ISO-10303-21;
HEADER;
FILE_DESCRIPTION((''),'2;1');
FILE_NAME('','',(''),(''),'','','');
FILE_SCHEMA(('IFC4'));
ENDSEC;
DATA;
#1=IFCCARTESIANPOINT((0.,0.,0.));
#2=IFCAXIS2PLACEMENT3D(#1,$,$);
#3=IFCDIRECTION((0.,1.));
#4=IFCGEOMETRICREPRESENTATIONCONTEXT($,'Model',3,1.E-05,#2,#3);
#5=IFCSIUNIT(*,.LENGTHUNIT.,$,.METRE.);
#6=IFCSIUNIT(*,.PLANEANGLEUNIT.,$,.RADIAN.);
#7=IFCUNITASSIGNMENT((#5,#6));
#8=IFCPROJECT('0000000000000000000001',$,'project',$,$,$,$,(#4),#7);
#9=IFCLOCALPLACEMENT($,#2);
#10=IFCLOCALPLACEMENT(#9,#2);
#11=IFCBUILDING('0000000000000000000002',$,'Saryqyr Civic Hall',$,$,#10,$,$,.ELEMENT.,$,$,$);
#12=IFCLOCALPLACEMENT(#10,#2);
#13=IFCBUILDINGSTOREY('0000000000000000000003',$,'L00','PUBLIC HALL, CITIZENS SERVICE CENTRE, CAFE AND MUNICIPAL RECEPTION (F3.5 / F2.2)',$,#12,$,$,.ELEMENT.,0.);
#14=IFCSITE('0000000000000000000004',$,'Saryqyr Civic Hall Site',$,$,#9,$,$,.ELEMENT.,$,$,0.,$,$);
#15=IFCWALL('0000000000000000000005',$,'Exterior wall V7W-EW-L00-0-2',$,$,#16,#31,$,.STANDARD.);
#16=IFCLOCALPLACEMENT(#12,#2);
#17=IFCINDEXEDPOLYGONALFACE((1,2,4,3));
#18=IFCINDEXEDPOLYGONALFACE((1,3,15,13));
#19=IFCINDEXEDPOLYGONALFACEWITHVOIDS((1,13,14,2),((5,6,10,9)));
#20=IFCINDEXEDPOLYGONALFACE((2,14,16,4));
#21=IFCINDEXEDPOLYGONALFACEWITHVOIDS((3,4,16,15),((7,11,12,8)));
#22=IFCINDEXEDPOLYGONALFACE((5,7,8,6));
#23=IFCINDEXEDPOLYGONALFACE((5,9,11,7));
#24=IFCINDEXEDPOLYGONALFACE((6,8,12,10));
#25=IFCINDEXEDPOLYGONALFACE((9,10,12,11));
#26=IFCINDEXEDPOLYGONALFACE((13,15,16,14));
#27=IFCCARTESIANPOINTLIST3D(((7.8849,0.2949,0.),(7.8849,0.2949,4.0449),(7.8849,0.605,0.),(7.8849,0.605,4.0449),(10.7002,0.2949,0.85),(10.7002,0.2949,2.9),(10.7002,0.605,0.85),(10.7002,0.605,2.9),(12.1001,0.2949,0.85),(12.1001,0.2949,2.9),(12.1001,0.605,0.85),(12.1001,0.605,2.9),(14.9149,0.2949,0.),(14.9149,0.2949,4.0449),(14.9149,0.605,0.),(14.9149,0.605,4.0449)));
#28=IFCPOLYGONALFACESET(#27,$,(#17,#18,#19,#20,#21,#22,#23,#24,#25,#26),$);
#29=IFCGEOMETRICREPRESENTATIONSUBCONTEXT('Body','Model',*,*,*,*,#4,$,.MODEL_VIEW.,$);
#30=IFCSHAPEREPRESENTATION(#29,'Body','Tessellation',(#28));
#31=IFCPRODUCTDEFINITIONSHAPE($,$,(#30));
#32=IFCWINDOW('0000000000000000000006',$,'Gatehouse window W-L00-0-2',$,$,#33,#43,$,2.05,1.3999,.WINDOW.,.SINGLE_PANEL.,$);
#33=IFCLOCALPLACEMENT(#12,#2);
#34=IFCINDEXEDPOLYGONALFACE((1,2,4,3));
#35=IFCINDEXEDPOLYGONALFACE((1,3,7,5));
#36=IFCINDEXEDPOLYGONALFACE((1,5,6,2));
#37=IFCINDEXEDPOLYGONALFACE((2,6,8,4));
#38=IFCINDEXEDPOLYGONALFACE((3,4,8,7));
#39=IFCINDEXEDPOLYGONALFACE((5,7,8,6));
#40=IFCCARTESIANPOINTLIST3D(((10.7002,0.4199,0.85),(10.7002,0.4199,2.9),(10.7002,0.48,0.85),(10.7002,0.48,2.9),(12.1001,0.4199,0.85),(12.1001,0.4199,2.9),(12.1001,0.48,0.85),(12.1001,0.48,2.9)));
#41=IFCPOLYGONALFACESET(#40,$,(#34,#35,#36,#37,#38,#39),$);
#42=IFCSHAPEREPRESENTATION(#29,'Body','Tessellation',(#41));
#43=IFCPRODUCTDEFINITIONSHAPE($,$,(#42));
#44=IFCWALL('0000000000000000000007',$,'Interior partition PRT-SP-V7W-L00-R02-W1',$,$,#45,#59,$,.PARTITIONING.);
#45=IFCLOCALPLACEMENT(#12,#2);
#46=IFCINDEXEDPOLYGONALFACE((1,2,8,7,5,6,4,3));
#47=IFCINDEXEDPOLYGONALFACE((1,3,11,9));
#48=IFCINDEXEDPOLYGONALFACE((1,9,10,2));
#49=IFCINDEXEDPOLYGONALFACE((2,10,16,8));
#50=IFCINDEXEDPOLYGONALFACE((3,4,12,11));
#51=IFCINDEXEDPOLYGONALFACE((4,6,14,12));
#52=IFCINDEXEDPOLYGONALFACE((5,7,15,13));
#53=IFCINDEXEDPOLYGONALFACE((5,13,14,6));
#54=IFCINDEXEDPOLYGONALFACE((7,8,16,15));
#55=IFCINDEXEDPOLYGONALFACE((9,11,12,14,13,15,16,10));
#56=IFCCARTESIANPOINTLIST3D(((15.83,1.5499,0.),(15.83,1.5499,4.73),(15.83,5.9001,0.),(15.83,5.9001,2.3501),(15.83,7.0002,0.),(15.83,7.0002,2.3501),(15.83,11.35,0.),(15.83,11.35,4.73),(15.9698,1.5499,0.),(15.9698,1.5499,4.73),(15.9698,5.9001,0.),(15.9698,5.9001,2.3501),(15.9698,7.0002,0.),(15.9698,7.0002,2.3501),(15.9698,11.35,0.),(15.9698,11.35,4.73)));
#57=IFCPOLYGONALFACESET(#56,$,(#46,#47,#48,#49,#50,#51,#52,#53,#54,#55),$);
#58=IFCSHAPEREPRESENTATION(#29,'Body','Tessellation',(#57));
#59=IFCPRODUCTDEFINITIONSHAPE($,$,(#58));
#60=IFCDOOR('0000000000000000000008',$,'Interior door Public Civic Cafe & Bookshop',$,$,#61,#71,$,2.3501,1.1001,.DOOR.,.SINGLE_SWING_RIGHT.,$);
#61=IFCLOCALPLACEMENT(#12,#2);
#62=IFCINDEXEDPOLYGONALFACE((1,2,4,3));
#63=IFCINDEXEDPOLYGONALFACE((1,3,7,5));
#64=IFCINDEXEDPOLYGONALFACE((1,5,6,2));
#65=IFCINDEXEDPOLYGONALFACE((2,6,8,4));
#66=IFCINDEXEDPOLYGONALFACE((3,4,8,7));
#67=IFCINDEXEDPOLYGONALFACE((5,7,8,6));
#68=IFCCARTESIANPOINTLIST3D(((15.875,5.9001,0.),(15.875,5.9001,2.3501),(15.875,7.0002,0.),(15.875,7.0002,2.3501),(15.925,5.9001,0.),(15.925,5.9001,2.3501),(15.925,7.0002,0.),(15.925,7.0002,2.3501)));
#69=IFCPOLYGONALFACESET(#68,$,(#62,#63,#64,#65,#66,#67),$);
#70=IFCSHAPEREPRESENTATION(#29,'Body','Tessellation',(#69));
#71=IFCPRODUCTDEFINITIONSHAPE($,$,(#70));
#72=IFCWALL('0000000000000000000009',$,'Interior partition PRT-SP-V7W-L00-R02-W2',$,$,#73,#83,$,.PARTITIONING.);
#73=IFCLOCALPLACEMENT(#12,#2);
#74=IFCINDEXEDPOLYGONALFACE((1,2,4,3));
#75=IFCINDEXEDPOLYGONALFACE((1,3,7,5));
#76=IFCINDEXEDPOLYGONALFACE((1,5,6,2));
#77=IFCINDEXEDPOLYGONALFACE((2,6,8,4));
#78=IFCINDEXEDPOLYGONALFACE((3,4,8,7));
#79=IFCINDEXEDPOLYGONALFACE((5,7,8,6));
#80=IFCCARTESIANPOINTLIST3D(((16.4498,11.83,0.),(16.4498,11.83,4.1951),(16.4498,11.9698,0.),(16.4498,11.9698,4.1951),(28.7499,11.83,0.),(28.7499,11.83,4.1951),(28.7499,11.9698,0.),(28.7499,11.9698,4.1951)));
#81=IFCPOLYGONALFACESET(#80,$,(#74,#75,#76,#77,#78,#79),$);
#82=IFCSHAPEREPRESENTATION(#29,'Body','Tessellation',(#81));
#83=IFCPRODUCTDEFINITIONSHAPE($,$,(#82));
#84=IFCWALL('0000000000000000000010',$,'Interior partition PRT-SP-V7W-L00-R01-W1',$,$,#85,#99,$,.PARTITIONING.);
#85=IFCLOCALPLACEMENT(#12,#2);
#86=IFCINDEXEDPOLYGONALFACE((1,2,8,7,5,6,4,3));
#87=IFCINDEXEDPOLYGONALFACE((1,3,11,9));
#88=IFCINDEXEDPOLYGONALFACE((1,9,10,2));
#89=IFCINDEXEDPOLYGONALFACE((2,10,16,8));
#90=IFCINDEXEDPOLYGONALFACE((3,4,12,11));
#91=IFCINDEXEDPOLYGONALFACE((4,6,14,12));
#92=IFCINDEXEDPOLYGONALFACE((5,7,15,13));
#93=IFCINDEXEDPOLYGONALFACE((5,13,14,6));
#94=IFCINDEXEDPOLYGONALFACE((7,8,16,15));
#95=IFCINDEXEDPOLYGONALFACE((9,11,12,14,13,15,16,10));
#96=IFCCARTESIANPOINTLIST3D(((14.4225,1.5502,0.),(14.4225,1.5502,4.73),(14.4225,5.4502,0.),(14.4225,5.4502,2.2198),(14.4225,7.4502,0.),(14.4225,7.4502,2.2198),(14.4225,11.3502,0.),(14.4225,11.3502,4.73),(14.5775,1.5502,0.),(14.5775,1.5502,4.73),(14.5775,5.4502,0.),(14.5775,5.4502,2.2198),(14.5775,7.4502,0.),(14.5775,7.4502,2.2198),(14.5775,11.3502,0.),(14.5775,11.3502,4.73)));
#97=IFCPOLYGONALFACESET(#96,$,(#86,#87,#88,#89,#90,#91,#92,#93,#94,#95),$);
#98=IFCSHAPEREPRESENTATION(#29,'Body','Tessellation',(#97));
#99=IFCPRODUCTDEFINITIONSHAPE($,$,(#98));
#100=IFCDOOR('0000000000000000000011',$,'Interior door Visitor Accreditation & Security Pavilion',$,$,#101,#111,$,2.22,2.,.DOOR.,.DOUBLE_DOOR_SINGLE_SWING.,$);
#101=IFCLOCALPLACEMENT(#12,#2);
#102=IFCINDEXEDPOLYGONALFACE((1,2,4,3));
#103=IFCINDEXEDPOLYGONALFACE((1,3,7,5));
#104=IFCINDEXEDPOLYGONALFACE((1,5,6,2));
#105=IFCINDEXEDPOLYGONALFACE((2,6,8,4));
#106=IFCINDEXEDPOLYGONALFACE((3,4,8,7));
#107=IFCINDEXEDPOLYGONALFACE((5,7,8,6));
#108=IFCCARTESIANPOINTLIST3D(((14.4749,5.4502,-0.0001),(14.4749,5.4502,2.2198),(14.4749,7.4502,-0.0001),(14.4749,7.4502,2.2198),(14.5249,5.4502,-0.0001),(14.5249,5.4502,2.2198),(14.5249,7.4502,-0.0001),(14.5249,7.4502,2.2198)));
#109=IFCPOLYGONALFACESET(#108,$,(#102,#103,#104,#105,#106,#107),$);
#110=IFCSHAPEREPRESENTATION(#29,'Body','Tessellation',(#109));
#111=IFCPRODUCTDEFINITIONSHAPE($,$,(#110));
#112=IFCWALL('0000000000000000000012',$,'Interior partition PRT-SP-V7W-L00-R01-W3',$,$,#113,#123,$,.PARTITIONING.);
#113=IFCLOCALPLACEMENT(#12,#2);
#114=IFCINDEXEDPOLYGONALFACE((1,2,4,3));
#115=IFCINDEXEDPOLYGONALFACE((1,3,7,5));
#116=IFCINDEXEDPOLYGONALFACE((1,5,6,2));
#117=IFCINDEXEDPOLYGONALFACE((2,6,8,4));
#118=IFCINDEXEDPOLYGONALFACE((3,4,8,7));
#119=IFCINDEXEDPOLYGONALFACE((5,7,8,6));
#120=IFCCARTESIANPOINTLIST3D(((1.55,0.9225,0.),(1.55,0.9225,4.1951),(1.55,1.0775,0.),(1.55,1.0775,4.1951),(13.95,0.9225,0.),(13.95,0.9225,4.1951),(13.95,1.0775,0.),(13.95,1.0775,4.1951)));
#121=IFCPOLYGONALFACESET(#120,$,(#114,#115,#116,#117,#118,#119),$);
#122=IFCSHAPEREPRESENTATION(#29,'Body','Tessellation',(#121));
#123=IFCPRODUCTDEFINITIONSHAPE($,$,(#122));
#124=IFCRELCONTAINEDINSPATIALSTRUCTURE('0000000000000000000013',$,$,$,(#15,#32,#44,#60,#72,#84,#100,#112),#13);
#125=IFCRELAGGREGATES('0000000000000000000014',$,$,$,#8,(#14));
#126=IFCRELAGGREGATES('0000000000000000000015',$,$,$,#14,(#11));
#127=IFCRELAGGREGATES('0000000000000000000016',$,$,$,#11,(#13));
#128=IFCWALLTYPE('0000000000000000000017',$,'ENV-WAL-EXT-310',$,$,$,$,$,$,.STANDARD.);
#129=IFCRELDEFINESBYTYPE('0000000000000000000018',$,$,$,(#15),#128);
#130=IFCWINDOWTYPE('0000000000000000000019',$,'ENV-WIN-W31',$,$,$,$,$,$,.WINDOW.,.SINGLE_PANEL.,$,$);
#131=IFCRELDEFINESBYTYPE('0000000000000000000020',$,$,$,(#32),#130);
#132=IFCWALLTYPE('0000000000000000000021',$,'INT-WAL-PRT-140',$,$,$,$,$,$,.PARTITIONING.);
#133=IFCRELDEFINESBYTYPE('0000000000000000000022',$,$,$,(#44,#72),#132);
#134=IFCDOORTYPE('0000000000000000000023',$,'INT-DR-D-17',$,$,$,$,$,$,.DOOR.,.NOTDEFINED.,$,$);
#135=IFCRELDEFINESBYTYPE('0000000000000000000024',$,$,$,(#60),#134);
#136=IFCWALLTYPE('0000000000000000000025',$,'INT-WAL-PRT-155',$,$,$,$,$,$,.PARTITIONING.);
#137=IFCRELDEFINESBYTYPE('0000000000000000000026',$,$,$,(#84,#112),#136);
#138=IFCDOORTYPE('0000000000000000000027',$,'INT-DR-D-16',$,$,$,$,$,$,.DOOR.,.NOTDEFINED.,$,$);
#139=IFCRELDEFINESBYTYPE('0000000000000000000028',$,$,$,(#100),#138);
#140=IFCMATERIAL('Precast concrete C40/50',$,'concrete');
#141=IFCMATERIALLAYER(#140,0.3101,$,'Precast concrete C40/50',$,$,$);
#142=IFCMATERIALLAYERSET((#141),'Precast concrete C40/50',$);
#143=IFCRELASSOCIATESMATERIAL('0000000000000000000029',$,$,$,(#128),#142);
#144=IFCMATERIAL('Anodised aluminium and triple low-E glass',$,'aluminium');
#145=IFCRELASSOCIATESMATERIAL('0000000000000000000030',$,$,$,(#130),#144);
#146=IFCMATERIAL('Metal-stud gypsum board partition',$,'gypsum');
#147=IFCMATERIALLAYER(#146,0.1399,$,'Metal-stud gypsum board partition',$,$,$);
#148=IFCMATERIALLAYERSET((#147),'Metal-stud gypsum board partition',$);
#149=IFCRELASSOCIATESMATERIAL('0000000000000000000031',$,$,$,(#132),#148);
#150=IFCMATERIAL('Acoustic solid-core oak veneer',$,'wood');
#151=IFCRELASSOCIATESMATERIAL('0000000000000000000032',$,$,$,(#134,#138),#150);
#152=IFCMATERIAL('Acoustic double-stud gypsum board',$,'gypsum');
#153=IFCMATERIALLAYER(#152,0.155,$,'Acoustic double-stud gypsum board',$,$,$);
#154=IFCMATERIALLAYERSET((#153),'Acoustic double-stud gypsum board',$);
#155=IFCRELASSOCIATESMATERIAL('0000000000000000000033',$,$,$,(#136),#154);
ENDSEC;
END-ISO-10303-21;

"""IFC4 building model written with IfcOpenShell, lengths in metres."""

from ifc_helpers import new_model, si_unit, direction, frame, frame_2d, origin, place, context, subcontext, project, spatial, rectangle, extrude, material, layer, layer_set, type_object, element, fill, save


model = new_model("IFC4")

# Units and contexts
model_context = context("Model", 3, precision=1e-05, world=origin(), true_north=direction((0.0, 1.0)))
body_context = subcontext(model_context, "Body", "Model", "MODEL_VIEW")
ifc_project = project(units=[si_unit("LENGTHUNIT", "METRE"), si_unit("PLANEANGLEUNIT", "RADIAN")], contexts=[model_context])

# Site, building, storey
site_placement = place(None, origin())
site = spatial("IfcSite", under=ifc_project, at=site_placement, Name="Saryqyr Civic Hall Site", CompositionType="ELEMENT", RefElevation=0.0)
building_placement = place(site_placement, origin())
building = spatial("IfcBuilding", under=site, at=building_placement, Name="Saryqyr Civic Hall", CompositionType="ELEMENT")
storey_placement = place(building_placement, origin())
storey = spatial("IfcBuildingStorey", under=building, at=storey_placement, Name="L00", Description="PUBLIC HALL, CITIZENS SERVICE CENTRE, CAFE AND MUNICIPAL RECEPTION (F3.5 / F2.2)", CompositionType="ELEMENT", Elevation=0.0)

# Shared definitions
ifc_material_1 = material(Name="Anodised aluminium and triple low-E glass", Category="aluminium")

# Wall, opening, window
ifc_material_2 = material(Name="Precast concrete C40/50", Category="concrete")
ifc_layer_1 = layer(ifc_material_2, 0.3101, Name="Precast concrete C40/50")
ifc_layer_set_1 = layer_set([ifc_layer_1], Name="Precast concrete C40/50")
wall_type_1 = type_object("IfcWallType", Name="ENV-WAL-EXT-310", PredefinedType="STANDARD", material=ifc_layer_set_1)
wall_1_placement = place(storey_placement, frame((14.915, 0.45, 0.0), z_axis=(0.0, 0.0, 1.0), x_axis=(-1.0, 0.0, 0.0)))
wall_1 = element("IfcWall", 1, at=wall_1_placement, inside=storey, type_object=wall_type_1, Name="Exterior wall V7W-EW-L00-0-2", PredefinedType="STANDARD", context=body_context, shape_type="SweptSolid", body=[
    extrude(rectangle(XDim=7.03, YDim=0.3101, at=frame_2d((3.5151, 0.0))), origin(), (0.0, 0.0, 1.0), 4.0449),
])
opening_1_placement = place(wall_1_placement, frame((2.8149, 0.0, 0.8501)))
opening_1 = element("IfcOpeningElement", 2, at=opening_1_placement, cuts=wall_1, PredefinedType="OPENING", context=body_context, shape_type="SweptSolid", body=[
    extrude(rectangle(XDim=1.3999, YDim=2.05, at=frame_2d((0.7, 1.0249))), frame((0.0, 0.165, 0.0), z_axis=(0.0, -1.0, 0.0), x_axis=(1.0, 0.0, 0.0)), (0.0, 0.0, 1.0), 0.3301),
])
window_type = type_object("IfcWindowType", Name="ENV-WIN-W31", PartitioningType="SINGLE_PANEL", PredefinedType="WINDOW", material=ifc_material_1)
window_placement = place(opening_1_placement, origin())
window = element("IfcWindow", 3, at=window_placement, inside=storey, type_object=window_type, Name="Gatehouse window W-L00-0-2", OverallHeight=2.05, OverallWidth=1.3999, PartitioningType="SINGLE_PANEL", PredefinedType="WINDOW", context=body_context, shape_type="SweptSolid", body=[
    extrude(rectangle(XDim=1.3999, YDim=2.05, at=frame_2d((0.7, 1.0249))), frame((0.0, 0.03, 0.0), z_axis=(0.0, -1.0, 0.0), x_axis=(1.0, 0.0, 0.0)), (0.0, 0.0, 1.0), 0.0601),
])
fill(opening_1, window)

# Wall, opening, door
ifc_material_3 = material(Name="Metal-stud gypsum board partition", Category="gypsum")
ifc_layer_2 = layer(ifc_material_3, 0.1399, Name="Metal-stud gypsum board partition")
ifc_layer_set_2 = layer_set([ifc_layer_2], Name="Metal-stud gypsum board partition")
wall_type_2 = type_object("IfcWallType", Name="INT-WAL-PRT-140", PredefinedType="PARTITIONING", material=ifc_layer_set_2)
wall_2_placement = place(storey_placement, frame((15.8999, 1.55, 0.0), z_axis=(0.0, 0.0, 1.0), x_axis=(0.0, 1.0, 0.0)))
wall_2 = element("IfcWall", 4, at=wall_2_placement, inside=storey, type_object=wall_type_2, Name="Interior partition PRT-SP-V7W-L00-R02-W1", PredefinedType="PARTITIONING", context=body_context, shape_type="SweptSolid", body=[
    extrude(rectangle(XDim=9.8, YDim=0.1399, at=frame_2d((4.8999, 0.0))), origin(), (0.0, 0.0, 1.0), 4.73),
])
opening_2_placement = place(wall_2_placement, frame((4.3501, 0.0, 0.0)))
opening_2 = element("IfcOpeningElement", 5, at=opening_2_placement, cuts=wall_2, PredefinedType="OPENING", context=body_context, shape_type="SweptSolid", body=[
    extrude(rectangle(XDim=1.1001, YDim=2.3501, at=frame_2d((0.55, 1.175))), frame((0.0, 0.0798, 0.0), z_axis=(0.0, -1.0, 0.0), x_axis=(1.0, 0.0, 0.0)), (0.0, 0.0, 1.0), 0.1599),
])
ifc_material_4 = material(Name="Acoustic solid-core oak veneer", Category="wood")
door_type_1 = type_object("IfcDoorType", Name="INT-DR-D-17", OperationType="NOTDEFINED", PredefinedType="DOOR", material=ifc_material_4)
door_1_placement = place(opening_2_placement, origin())
door_1 = element("IfcDoor", 6, at=door_1_placement, inside=storey, type_object=door_type_1, Name="Interior door Public Civic Cafe & Bookshop", OperationType="SINGLE_SWING_RIGHT", OverallHeight=2.3501, OverallWidth=1.1001, PredefinedType="DOOR", context=body_context, shape_type="SweptSolid", body=[
    extrude(rectangle(XDim=1.1001, YDim=2.3501, at=frame_2d((0.55, 1.175))), frame((0.0, 0.0249, 0.0), z_axis=(0.0, -1.0, 0.0), x_axis=(1.0, 0.0, 0.0)), (0.0, 0.0, 1.0), 0.05),
])
fill(opening_2, door_1)

# Wall
wall_3_placement = place(storey_placement, frame((16.45, 11.8999, 0.0), z_axis=(0.0, 0.0, 1.0), x_axis=(1.0, 0.0, 0.0)))
element("IfcWall", 7, at=wall_3_placement, inside=storey, type_object=wall_type_2, Name="Interior partition PRT-SP-V7W-L00-R02-W2", PredefinedType="PARTITIONING", context=body_context, shape_type="SweptSolid", body=[
    extrude(rectangle(XDim=12.3, YDim=0.1399, at=frame_2d((6.1499, 0.0))), origin(), (0.0, 0.0, 1.0), 4.1951),
])

# Wall, opening, door
ifc_material_5 = material(Name="Acoustic double-stud gypsum board", Category="gypsum")
ifc_layer_3 = layer(ifc_material_5, 0.155, Name="Acoustic double-stud gypsum board")
ifc_layer_set_3 = layer_set([ifc_layer_3], Name="Acoustic double-stud gypsum board")
wall_type_3 = type_object("IfcWallType", Name="INT-WAL-PRT-155", PredefinedType="PARTITIONING", material=ifc_layer_set_3)
wall_4_placement = place(storey_placement, frame((14.5, 11.3501, 0.0), z_axis=(0.0, 0.0, 1.0), x_axis=(0.0, -1.0, 0.0)))
wall_4 = element("IfcWall", 8, at=wall_4_placement, inside=storey, type_object=wall_type_3, Name="Interior partition PRT-SP-V7W-L00-R01-W1", PredefinedType="PARTITIONING", context=body_context, shape_type="SweptSolid", body=[
    extrude(rectangle(XDim=9.8, YDim=0.155, at=frame_2d((4.8999, 0.0))), origin(), (0.0, 0.0, 1.0), 4.73),
])
opening_3_placement = place(wall_4_placement, frame((3.8999, 0.0, 0.0)))
opening_3 = element("IfcOpeningElement", 9, at=opening_3_placement, cuts=wall_4, PredefinedType="OPENING", context=body_context, shape_type="SweptSolid", body=[
    extrude(rectangle(XDim=2.0, YDim=2.22, at=frame_2d((1.0, 1.1099))), frame((0.0, 0.0874, 0.0), z_axis=(0.0, -1.0, 0.0), x_axis=(1.0, 0.0, 0.0)), (0.0, 0.0, 1.0), 0.175),
])
door_type_2 = type_object("IfcDoorType", Name="INT-DR-D-16", OperationType="NOTDEFINED", PredefinedType="DOOR", material=ifc_material_4)
door_2_placement = place(opening_3_placement, origin())
door_2 = element("IfcDoor", 10, at=door_2_placement, inside=storey, type_object=door_type_2, Name="Interior door Visitor Accreditation & Security Pavilion", OperationType="DOUBLE_DOOR_SINGLE_SWING", OverallHeight=2.22, OverallWidth=2.0, PredefinedType="DOOR", context=body_context, shape_type="SweptSolid", body=[
    extrude(rectangle(XDim=2.0, YDim=2.22, at=frame_2d((1.0, 1.1099))), frame((0.0, 0.0249, 0.0), z_axis=(0.0, -1.0, 0.0), x_axis=(1.0, 0.0, 0.0)), (0.0, 0.0, 1.0), 0.05),
])
fill(opening_3, door_2)

# Wall
wall_5_placement = place(storey_placement, frame((13.95, 1.0, 0.0), z_axis=(0.0, 0.0, 1.0), x_axis=(-1.0, 0.0, 0.0)))
element("IfcWall", 11, at=wall_5_placement, inside=storey, type_object=wall_type_3, Name="Interior partition PRT-SP-V7W-L00-R01-W3", PredefinedType="PARTITIONING", context=body_context, shape_type="SweptSolid", body=[
    extrude(rectangle(XDim=12.3999, YDim=0.155, at=frame_2d((6.2, 0.0))), origin(), (0.0, 0.0, 1.0), 4.1951),
])

save(model, "model.ifc")
